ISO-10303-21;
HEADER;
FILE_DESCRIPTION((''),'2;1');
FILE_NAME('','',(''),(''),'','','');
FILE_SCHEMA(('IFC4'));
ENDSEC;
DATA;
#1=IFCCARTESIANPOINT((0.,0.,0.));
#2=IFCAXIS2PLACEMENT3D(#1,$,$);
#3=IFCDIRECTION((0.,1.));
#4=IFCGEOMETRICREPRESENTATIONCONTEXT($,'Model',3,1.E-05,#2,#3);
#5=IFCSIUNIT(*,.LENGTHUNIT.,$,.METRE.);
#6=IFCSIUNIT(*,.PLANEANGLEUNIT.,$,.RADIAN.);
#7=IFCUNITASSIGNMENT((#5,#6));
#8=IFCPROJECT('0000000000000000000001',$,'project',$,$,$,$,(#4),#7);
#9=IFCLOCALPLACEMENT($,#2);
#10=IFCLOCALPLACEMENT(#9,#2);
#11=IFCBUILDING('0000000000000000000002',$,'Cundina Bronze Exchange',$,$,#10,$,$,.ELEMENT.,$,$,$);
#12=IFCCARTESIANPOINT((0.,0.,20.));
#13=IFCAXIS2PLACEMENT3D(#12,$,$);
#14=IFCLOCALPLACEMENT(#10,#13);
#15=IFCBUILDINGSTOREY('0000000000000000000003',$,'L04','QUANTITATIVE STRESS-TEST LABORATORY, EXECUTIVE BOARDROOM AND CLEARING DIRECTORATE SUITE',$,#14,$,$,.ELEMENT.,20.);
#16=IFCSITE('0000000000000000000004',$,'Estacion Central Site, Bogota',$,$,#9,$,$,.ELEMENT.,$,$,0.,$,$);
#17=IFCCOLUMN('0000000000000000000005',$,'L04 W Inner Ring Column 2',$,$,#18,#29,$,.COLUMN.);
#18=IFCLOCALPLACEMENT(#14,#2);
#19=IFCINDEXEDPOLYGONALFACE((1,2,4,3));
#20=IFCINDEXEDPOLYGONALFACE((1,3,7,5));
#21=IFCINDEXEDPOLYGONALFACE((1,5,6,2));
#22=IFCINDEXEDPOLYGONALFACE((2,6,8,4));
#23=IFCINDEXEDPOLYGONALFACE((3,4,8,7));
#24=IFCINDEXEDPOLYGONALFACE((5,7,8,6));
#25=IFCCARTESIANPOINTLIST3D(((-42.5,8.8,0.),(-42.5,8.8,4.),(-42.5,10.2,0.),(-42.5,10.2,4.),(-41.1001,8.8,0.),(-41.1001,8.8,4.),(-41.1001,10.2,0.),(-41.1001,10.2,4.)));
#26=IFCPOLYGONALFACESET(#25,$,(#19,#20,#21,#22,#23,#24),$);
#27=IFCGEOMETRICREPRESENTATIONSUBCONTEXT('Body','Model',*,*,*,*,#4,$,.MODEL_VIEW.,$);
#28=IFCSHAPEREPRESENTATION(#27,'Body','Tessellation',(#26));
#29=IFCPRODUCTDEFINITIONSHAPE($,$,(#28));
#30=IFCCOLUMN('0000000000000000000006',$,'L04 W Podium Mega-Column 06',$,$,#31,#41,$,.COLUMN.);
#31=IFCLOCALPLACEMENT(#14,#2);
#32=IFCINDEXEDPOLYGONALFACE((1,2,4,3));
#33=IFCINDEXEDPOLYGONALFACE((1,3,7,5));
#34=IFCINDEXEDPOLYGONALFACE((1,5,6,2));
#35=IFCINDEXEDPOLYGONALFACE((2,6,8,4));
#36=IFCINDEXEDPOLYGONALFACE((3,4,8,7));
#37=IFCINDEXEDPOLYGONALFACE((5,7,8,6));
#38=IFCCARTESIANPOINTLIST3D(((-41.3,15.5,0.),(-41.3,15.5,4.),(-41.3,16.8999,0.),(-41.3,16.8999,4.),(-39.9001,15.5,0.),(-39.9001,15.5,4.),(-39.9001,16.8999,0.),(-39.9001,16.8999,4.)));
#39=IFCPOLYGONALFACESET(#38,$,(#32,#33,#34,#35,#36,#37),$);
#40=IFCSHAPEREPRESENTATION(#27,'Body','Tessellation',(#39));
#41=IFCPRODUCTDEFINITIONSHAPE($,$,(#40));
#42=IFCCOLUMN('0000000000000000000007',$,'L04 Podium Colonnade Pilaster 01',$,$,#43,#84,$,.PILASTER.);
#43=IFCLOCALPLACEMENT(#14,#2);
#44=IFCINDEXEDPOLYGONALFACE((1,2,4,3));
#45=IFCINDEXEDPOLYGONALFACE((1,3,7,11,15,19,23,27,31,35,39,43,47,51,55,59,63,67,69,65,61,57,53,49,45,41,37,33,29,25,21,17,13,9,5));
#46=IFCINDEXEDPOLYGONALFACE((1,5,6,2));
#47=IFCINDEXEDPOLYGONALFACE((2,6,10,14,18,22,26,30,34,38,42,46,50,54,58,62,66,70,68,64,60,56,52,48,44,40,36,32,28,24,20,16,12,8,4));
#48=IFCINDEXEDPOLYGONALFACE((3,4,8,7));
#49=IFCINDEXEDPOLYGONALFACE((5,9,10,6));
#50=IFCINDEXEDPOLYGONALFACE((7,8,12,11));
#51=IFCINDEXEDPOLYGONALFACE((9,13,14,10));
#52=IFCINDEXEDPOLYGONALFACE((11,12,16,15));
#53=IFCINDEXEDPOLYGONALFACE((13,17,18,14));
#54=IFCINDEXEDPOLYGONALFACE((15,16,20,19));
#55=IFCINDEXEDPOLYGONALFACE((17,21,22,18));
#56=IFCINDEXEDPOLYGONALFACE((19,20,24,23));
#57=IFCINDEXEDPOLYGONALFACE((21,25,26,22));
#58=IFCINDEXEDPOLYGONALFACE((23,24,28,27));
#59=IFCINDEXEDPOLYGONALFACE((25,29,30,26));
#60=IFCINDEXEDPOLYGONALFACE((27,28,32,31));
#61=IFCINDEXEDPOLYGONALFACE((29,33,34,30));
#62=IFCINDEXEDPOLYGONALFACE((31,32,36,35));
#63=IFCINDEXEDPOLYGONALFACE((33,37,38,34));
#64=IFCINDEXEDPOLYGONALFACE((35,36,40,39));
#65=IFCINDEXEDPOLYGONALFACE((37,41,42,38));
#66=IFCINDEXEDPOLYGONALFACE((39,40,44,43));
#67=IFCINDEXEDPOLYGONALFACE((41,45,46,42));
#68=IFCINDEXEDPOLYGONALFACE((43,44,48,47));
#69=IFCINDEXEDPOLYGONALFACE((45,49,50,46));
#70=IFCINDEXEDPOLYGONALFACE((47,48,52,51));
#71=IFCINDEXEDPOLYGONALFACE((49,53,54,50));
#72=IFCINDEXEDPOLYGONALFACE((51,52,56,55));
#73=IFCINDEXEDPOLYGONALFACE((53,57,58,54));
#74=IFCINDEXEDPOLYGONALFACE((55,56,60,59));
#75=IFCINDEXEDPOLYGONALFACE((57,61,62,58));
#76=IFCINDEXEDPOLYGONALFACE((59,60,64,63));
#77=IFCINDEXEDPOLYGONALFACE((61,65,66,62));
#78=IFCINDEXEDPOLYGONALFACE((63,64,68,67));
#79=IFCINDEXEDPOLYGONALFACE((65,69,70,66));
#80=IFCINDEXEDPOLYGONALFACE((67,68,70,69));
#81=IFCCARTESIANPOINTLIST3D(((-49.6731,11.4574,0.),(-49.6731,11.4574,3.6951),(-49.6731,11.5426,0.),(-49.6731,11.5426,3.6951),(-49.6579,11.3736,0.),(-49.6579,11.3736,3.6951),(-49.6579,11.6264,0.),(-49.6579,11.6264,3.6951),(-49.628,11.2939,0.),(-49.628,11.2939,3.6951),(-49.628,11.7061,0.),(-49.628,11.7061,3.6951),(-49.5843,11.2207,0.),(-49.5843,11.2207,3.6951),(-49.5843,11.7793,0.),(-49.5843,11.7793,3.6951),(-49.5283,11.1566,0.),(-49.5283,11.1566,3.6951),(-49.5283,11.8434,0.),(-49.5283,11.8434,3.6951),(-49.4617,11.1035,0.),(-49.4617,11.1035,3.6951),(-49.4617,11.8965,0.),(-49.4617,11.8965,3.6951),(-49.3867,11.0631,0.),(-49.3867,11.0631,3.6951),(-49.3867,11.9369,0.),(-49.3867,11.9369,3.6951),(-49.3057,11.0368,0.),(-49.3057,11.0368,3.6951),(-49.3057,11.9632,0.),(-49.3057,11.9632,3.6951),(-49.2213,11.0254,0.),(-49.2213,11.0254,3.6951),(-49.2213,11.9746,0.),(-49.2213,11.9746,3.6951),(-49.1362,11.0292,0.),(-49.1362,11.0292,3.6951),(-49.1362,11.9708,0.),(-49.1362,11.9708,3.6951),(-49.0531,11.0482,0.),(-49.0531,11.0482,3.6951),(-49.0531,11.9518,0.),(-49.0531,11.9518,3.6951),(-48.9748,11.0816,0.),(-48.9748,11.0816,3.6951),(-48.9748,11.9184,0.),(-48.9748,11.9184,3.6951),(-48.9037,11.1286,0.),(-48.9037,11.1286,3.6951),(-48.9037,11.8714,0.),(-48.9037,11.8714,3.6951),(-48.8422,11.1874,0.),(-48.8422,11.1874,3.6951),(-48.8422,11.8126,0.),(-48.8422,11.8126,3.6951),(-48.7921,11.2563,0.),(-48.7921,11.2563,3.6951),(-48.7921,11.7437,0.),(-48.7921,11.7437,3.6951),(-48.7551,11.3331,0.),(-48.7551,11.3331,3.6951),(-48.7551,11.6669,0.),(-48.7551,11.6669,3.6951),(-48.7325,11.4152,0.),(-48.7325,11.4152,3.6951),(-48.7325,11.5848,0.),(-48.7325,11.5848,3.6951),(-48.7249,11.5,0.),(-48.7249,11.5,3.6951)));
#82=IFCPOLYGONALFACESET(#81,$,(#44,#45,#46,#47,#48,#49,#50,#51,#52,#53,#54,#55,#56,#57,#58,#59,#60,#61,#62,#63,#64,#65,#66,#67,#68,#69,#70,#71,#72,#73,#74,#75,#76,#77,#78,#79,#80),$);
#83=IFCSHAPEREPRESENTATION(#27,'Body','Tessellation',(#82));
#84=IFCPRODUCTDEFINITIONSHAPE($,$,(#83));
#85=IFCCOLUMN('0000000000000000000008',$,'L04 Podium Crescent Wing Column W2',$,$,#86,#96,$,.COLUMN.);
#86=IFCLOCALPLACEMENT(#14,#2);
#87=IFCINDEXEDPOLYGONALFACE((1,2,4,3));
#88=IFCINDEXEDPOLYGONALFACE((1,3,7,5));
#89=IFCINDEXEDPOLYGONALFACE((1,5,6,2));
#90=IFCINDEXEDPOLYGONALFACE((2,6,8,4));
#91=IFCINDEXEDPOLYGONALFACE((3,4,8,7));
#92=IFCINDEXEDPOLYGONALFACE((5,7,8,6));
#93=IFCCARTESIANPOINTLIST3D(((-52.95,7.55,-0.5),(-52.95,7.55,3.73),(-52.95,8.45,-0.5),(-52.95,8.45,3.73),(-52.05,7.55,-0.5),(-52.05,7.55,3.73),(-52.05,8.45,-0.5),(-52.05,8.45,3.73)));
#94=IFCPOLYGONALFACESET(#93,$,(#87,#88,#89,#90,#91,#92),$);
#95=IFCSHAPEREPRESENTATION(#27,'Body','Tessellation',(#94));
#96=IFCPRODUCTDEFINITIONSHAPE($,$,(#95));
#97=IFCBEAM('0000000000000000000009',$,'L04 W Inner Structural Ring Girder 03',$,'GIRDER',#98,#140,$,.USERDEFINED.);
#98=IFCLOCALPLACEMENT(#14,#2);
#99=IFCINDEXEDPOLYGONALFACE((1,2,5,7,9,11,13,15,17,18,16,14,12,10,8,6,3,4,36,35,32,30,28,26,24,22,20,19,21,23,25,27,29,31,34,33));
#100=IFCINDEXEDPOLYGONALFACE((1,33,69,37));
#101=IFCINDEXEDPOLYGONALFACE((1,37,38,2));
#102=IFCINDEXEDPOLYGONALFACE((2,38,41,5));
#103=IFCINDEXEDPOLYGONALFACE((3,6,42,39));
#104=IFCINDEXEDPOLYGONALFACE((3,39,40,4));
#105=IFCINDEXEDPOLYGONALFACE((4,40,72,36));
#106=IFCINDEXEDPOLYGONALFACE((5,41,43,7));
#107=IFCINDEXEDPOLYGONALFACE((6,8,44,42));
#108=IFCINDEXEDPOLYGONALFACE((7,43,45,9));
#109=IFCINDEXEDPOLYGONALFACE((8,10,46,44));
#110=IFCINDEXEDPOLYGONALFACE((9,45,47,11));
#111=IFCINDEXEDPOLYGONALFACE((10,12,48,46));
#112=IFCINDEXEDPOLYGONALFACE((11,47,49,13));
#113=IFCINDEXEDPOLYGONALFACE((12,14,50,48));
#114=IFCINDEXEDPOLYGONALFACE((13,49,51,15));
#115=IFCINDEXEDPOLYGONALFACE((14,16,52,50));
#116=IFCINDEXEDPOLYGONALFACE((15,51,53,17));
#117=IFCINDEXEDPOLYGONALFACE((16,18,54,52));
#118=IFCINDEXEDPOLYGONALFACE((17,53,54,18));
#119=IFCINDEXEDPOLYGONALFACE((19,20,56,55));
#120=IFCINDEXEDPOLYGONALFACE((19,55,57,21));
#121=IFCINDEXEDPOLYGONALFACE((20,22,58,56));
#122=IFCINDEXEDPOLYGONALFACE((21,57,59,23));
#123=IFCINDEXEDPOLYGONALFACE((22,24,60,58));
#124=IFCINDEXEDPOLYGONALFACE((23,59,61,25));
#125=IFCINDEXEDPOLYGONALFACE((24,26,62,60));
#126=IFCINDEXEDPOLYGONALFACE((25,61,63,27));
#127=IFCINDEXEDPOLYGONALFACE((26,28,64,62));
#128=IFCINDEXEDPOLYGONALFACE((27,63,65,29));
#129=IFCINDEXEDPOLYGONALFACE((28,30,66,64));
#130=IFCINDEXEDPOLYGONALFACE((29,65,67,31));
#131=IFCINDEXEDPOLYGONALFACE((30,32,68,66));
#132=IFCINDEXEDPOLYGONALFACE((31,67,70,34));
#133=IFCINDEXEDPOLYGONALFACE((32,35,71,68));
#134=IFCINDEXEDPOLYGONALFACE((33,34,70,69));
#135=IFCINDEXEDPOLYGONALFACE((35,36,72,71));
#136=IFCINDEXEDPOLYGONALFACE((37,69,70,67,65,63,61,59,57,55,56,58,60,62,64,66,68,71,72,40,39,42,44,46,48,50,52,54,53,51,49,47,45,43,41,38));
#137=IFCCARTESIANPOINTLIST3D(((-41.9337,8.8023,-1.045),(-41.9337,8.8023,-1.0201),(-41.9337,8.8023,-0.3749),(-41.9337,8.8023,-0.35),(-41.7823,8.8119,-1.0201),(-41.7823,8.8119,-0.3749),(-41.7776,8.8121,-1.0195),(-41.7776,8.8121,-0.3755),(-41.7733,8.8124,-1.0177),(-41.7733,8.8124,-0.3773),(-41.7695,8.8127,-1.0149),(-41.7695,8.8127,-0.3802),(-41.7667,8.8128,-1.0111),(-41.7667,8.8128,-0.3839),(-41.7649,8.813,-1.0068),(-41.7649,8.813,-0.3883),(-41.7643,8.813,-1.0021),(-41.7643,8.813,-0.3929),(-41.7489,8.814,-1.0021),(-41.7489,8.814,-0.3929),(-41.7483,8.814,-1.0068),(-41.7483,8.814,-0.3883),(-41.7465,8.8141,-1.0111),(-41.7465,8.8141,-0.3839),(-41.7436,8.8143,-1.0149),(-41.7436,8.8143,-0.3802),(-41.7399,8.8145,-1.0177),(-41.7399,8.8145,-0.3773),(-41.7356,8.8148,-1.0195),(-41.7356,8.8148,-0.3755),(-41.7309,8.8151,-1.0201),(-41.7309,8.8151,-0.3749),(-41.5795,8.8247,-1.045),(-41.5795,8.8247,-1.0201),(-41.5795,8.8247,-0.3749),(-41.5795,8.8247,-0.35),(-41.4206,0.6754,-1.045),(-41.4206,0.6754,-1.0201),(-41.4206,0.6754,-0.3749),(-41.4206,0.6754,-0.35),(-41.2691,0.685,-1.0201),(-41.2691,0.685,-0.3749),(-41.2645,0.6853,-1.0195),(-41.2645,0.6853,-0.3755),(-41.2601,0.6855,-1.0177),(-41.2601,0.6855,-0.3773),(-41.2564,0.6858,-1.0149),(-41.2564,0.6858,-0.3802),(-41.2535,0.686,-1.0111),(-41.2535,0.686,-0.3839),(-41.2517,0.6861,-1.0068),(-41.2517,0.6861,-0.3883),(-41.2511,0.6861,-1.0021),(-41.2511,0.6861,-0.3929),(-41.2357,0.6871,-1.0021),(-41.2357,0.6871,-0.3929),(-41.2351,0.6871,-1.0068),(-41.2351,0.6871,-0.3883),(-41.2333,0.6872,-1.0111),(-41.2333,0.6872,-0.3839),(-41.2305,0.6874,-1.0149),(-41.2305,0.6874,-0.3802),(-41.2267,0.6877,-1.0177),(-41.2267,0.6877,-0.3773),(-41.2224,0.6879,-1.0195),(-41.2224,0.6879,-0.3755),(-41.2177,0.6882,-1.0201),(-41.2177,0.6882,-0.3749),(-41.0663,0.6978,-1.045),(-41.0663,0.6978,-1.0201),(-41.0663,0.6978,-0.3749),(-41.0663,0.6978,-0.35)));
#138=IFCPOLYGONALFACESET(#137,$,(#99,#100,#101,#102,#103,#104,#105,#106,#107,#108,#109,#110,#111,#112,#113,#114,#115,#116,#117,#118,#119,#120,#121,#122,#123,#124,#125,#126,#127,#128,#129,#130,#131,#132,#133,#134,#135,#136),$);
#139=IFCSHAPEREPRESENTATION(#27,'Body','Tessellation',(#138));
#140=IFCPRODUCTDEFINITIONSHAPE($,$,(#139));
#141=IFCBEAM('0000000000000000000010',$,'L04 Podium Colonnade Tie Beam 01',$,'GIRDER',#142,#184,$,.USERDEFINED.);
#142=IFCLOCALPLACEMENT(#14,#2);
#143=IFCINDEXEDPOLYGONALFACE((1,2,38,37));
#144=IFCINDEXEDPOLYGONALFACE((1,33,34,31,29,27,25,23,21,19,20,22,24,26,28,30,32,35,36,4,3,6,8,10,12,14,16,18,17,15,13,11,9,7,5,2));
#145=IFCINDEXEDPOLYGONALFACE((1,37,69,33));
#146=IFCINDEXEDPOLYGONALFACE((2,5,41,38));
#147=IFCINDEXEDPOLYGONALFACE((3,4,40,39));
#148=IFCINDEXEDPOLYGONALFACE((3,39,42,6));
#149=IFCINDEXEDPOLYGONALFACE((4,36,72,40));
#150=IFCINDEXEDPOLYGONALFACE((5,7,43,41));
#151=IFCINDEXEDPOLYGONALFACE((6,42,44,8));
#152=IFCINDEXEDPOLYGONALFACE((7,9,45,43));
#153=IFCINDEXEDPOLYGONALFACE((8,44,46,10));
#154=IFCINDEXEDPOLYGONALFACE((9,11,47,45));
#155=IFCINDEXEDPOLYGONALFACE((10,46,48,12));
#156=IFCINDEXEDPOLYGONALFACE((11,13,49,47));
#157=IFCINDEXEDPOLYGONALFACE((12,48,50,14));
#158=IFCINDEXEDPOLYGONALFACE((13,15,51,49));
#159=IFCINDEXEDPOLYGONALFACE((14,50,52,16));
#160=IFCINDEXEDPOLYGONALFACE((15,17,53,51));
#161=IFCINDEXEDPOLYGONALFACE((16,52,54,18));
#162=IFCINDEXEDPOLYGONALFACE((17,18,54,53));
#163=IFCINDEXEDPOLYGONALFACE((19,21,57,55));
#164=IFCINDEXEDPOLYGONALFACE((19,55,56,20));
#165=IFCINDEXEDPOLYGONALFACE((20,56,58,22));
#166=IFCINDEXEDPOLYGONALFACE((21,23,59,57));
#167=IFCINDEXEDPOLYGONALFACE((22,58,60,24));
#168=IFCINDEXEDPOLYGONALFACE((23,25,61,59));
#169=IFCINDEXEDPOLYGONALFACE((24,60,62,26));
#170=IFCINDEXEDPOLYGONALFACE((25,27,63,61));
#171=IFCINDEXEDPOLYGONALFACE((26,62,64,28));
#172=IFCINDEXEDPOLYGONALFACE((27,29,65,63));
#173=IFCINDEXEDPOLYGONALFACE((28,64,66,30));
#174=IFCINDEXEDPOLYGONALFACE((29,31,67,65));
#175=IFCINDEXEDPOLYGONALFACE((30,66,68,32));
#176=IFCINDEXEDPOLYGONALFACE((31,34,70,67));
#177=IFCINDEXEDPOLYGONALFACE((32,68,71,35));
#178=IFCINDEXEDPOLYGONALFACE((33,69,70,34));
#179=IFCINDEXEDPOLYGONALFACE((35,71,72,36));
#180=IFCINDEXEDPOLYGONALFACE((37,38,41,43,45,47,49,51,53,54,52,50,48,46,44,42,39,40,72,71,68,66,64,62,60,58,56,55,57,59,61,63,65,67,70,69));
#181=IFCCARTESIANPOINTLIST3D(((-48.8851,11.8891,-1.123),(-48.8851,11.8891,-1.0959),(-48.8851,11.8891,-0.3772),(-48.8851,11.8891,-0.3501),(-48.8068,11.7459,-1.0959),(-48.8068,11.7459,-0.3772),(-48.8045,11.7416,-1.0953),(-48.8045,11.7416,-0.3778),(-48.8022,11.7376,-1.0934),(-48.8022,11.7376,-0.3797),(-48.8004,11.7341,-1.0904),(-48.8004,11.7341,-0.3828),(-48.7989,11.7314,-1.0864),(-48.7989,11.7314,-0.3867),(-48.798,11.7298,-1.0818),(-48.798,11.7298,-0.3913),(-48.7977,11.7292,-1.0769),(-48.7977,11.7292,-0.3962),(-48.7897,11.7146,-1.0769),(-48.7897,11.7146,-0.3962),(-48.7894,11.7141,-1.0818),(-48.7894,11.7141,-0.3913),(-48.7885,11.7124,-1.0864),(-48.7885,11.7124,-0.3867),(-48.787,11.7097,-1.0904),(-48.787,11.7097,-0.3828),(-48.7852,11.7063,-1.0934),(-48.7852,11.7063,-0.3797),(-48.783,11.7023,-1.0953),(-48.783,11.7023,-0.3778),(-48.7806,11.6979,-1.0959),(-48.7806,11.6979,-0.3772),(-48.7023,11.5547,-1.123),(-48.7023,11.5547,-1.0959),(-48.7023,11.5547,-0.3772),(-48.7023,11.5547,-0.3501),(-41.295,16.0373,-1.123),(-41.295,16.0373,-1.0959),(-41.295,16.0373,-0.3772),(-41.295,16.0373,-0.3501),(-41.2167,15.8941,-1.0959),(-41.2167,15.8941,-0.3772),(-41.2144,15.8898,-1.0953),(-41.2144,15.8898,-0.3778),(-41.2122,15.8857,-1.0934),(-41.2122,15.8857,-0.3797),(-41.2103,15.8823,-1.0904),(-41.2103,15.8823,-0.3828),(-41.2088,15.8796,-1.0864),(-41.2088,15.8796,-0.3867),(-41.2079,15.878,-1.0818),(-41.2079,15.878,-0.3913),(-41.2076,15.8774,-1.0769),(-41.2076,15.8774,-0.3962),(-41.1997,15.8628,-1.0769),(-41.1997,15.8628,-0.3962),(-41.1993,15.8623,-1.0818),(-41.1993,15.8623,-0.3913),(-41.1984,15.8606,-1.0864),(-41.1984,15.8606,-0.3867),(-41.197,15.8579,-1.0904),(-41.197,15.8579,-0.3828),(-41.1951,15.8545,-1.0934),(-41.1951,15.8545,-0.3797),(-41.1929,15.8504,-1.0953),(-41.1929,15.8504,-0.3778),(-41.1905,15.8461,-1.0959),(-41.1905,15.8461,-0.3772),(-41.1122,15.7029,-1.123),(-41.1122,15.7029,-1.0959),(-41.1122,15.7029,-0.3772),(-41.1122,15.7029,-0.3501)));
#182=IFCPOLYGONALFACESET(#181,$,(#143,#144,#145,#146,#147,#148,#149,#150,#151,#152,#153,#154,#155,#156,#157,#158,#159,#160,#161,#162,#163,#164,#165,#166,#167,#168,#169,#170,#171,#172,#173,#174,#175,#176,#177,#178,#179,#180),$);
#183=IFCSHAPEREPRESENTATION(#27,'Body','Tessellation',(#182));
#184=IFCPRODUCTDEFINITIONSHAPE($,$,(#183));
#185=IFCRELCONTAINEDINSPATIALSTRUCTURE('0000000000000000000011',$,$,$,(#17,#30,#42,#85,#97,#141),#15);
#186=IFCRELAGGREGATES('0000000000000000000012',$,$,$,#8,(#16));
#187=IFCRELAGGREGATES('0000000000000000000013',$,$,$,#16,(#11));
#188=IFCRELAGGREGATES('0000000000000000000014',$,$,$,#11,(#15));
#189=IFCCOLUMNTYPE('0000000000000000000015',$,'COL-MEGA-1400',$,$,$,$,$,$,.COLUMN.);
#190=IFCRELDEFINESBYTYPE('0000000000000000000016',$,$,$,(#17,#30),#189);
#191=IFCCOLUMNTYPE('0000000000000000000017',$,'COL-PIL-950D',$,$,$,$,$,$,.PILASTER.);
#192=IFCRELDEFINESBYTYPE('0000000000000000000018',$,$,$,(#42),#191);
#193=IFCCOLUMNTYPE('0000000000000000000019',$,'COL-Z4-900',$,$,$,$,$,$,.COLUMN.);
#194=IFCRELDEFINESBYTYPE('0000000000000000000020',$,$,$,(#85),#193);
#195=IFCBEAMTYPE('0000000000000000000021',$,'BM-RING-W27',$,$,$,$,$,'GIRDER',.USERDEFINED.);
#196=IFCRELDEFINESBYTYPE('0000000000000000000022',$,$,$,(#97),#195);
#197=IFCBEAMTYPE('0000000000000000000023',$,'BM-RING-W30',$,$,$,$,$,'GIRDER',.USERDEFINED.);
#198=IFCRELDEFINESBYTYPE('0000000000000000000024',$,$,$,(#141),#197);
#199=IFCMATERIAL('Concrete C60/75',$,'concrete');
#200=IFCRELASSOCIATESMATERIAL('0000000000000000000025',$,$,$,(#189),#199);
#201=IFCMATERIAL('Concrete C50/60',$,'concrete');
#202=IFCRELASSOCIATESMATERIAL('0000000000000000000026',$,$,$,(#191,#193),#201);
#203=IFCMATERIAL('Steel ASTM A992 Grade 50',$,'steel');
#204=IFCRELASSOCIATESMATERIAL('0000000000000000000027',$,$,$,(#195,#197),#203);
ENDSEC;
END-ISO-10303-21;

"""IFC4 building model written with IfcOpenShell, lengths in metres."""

from ifc_helpers import new_model, si_unit, direction, frame, origin, origin_2d, place, context, subcontext, project, spatial, rectangle, circle, i_section, extrude, material, material_profile, profile_set, type_object, element, save


model = new_model("IFC4")

# Units and contexts
model_context = context("Model", 3, precision=1e-05, world=origin(), true_north=direction((0.0, 1.0)))
body_context = subcontext(model_context, "Body", "Model", "MODEL_VIEW")
ifc_project = project(units=[si_unit("LENGTHUNIT", "METRE"), si_unit("PLANEANGLEUNIT", "RADIAN")], contexts=[model_context])

# Site, building, storey
site_placement = place(None, origin())
site = spatial("IfcSite", under=ifc_project, at=site_placement, Name="Estacion Central Site, Bogota", CompositionType="ELEMENT", RefElevation=0.0)
building_placement = place(site_placement, origin())
building = spatial("IfcBuilding", under=site, at=building_placement, Name="Cundina Bronze Exchange", CompositionType="ELEMENT")
storey_placement = place(building_placement, frame((0.0, 0.0, 20.0)))
storey = spatial("IfcBuildingStorey", under=building, at=storey_placement, Name="L04", Description="QUANTITATIVE STRESS-TEST LABORATORY, EXECUTIVE BOARDROOM AND CLEARING DIRECTORATE SUITE", CompositionType="ELEMENT", Elevation=20.0)

# Columns
ifc_material_1 = material(Name="Concrete C60/75", Category="concrete")
ifc_material_profile_1 = material_profile(ifc_material_1, rectangle(XDim=1.3999, YDim=1.3999, at=origin_2d()), Name="RC1400X1400", Category="concrete")
ifc_profile_set_1 = profile_set([ifc_material_profile_1], Name="Concrete C60/75")
column_type_1 = type_object("IfcColumnType", Name="COL-MEGA-1400", PredefinedType="COLUMN", material=ifc_profile_set_1)
for number, where, z_axis, x_axis, name in (
    (1, (-41.8, 9.5, 0.0), (0.0, 0.0, 1.0), (1.0, 0.0, 0.0), "L04 W Inner Ring Column 2"),
    (2, (-40.6001, 16.2, 0.0), (0.0, 0.0, 1.0), (1.0, 0.0, 0.0), "L04 W Podium Mega-Column 06"),
):
    element("IfcColumn", number, at=place(storey_placement, frame(where, z_axis=z_axis, x_axis=x_axis)), inside=storey, type_object=column_type_1, Name=name, PredefinedType="COLUMN", context=body_context, shape_type="SweptSolid", body=[
        extrude(rectangle(XDim=1.3999, YDim=1.3999, at=origin_2d()), origin(), (0.0, 0.0, 1.0), 4.0),
    ])
ifc_material_2 = material(Name="Concrete C50/60", Category="concrete")
ifc_material_profile_2 = material_profile(ifc_material_2, circle(Radius=0.4751, at=origin_2d()), Name="RC950D", Category="concrete")
ifc_profile_set_2 = profile_set([ifc_material_profile_2], Name="Concrete C50/60")
column_type_2 = type_object("IfcColumnType", Name="COL-PIL-950D", PredefinedType="PILASTER", material=ifc_profile_set_2)
column_1_placement = place(storey_placement, frame((-49.2, 11.5, 0.0), z_axis=(0.0, 0.0, 1.0), x_axis=(1.0, 0.0, 0.0)))
element("IfcColumn", 3, at=column_1_placement, inside=storey, type_object=column_type_2, Name="L04 Podium Colonnade Pilaster 01", PredefinedType="PILASTER", context=body_context, shape_type="SweptSolid", body=[
    extrude(circle(Radius=0.4751, at=origin_2d()), origin(), (0.0, 0.0, 1.0), 3.6951),
])
ifc_material_profile_3 = material_profile(ifc_material_2, rectangle(XDim=0.8999, YDim=0.8999, at=origin_2d()), Name="RC900X900", Category="concrete")
ifc_profile_set_3 = profile_set([ifc_material_profile_3], Name="Concrete C50/60")
column_type_3 = type_object("IfcColumnType", Name="COL-Z4-900", PredefinedType="COLUMN", material=ifc_profile_set_3)
column_2_placement = place(storey_placement, frame((-52.5, 8.0, -0.5), z_axis=(0.0, 0.0, 1.0), x_axis=(1.0, 0.0, 0.0)))
element("IfcColumn", 4, at=column_2_placement, inside=storey, type_object=column_type_3, Name="L04 Podium Crescent Wing Column W2", PredefinedType="COLUMN", context=body_context, shape_type="SweptSolid", body=[
    extrude(rectangle(XDim=0.8999, YDim=0.8999, at=origin_2d()), origin(), (0.0, 0.0, 1.0), 4.23),
])

# Beams
ifc_material_3 = material(Name="Steel ASTM A992 Grade 50", Category="steel")
ifc_material_profile_4 = material_profile(ifc_material_3, i_section(OverallWidth=0.355, OverallDepth=0.6951, WebThickness=0.0154, FlangeThickness=0.0249, FilletRadius=0.0181, at=origin_2d()), Name="W27X146", Category="steel")
ifc_profile_set_4 = profile_set([ifc_material_profile_4], Name="Steel ASTM A992 Grade 50")
beam_type_1 = type_object("IfcBeamType", Name="BM-RING-W27", ElementType="GIRDER", PredefinedType="USERDEFINED", material=ifc_profile_set_4)
beam_1_placement = place(storey_placement, frame((-41.7566, 8.8135, -0.6975), z_axis=(0.06302, -0.998012, 0.0), x_axis=(0.998012, 0.06302, 0.0)))
element("IfcBeam", 5, at=beam_1_placement, inside=storey, type_object=beam_type_1, Name="L04 W Inner Structural Ring Girder 03", ObjectType="GIRDER", PredefinedType="USERDEFINED", context=body_context, shape_type="SweptSolid", body=[
    extrude(i_section(OverallWidth=0.355, OverallDepth=0.6951, WebThickness=0.0154, FlangeThickness=0.0249, FilletRadius=0.0181, at=origin_2d()), origin(), (0.0, 0.0, 1.0), 8.1431),
])
ifc_material_profile_5 = material_profile(ifc_material_3, i_section(OverallWidth=0.3811, OverallDepth=0.7729, WebThickness=0.0166, FlangeThickness=0.0271, FilletRadius=0.019, at=origin_2d()), Name="W30X173", Category="steel")
ifc_profile_set_5 = profile_set([ifc_material_profile_5], Name="Steel ASTM A992 Grade 50")
beam_type_2 = type_object("IfcBeamType", Name="BM-RING-W30", ElementType="GIRDER", PredefinedType="USERDEFINED", material=ifc_profile_set_5)
beam_2_placement = place(storey_placement, frame((-48.7937, 11.7219, -0.7366), z_axis=(0.877499, 0.479578, 0.0), x_axis=(-0.479578, 0.877499, 0.0)))
element("IfcBeam", 6, at=beam_2_placement, inside=storey, type_object=beam_type_2, Name="L04 Podium Colonnade Tie Beam 01", ObjectType="GIRDER", PredefinedType="USERDEFINED", context=body_context, shape_type="SweptSolid", body=[
    extrude(i_section(OverallWidth=0.3811, OverallDepth=0.7729, WebThickness=0.0166, FlangeThickness=0.0271, FilletRadius=0.019, at=origin_2d()), origin(), (0.0, 0.0, 1.0), 8.6497),
])

save(model, "model.ifc")
